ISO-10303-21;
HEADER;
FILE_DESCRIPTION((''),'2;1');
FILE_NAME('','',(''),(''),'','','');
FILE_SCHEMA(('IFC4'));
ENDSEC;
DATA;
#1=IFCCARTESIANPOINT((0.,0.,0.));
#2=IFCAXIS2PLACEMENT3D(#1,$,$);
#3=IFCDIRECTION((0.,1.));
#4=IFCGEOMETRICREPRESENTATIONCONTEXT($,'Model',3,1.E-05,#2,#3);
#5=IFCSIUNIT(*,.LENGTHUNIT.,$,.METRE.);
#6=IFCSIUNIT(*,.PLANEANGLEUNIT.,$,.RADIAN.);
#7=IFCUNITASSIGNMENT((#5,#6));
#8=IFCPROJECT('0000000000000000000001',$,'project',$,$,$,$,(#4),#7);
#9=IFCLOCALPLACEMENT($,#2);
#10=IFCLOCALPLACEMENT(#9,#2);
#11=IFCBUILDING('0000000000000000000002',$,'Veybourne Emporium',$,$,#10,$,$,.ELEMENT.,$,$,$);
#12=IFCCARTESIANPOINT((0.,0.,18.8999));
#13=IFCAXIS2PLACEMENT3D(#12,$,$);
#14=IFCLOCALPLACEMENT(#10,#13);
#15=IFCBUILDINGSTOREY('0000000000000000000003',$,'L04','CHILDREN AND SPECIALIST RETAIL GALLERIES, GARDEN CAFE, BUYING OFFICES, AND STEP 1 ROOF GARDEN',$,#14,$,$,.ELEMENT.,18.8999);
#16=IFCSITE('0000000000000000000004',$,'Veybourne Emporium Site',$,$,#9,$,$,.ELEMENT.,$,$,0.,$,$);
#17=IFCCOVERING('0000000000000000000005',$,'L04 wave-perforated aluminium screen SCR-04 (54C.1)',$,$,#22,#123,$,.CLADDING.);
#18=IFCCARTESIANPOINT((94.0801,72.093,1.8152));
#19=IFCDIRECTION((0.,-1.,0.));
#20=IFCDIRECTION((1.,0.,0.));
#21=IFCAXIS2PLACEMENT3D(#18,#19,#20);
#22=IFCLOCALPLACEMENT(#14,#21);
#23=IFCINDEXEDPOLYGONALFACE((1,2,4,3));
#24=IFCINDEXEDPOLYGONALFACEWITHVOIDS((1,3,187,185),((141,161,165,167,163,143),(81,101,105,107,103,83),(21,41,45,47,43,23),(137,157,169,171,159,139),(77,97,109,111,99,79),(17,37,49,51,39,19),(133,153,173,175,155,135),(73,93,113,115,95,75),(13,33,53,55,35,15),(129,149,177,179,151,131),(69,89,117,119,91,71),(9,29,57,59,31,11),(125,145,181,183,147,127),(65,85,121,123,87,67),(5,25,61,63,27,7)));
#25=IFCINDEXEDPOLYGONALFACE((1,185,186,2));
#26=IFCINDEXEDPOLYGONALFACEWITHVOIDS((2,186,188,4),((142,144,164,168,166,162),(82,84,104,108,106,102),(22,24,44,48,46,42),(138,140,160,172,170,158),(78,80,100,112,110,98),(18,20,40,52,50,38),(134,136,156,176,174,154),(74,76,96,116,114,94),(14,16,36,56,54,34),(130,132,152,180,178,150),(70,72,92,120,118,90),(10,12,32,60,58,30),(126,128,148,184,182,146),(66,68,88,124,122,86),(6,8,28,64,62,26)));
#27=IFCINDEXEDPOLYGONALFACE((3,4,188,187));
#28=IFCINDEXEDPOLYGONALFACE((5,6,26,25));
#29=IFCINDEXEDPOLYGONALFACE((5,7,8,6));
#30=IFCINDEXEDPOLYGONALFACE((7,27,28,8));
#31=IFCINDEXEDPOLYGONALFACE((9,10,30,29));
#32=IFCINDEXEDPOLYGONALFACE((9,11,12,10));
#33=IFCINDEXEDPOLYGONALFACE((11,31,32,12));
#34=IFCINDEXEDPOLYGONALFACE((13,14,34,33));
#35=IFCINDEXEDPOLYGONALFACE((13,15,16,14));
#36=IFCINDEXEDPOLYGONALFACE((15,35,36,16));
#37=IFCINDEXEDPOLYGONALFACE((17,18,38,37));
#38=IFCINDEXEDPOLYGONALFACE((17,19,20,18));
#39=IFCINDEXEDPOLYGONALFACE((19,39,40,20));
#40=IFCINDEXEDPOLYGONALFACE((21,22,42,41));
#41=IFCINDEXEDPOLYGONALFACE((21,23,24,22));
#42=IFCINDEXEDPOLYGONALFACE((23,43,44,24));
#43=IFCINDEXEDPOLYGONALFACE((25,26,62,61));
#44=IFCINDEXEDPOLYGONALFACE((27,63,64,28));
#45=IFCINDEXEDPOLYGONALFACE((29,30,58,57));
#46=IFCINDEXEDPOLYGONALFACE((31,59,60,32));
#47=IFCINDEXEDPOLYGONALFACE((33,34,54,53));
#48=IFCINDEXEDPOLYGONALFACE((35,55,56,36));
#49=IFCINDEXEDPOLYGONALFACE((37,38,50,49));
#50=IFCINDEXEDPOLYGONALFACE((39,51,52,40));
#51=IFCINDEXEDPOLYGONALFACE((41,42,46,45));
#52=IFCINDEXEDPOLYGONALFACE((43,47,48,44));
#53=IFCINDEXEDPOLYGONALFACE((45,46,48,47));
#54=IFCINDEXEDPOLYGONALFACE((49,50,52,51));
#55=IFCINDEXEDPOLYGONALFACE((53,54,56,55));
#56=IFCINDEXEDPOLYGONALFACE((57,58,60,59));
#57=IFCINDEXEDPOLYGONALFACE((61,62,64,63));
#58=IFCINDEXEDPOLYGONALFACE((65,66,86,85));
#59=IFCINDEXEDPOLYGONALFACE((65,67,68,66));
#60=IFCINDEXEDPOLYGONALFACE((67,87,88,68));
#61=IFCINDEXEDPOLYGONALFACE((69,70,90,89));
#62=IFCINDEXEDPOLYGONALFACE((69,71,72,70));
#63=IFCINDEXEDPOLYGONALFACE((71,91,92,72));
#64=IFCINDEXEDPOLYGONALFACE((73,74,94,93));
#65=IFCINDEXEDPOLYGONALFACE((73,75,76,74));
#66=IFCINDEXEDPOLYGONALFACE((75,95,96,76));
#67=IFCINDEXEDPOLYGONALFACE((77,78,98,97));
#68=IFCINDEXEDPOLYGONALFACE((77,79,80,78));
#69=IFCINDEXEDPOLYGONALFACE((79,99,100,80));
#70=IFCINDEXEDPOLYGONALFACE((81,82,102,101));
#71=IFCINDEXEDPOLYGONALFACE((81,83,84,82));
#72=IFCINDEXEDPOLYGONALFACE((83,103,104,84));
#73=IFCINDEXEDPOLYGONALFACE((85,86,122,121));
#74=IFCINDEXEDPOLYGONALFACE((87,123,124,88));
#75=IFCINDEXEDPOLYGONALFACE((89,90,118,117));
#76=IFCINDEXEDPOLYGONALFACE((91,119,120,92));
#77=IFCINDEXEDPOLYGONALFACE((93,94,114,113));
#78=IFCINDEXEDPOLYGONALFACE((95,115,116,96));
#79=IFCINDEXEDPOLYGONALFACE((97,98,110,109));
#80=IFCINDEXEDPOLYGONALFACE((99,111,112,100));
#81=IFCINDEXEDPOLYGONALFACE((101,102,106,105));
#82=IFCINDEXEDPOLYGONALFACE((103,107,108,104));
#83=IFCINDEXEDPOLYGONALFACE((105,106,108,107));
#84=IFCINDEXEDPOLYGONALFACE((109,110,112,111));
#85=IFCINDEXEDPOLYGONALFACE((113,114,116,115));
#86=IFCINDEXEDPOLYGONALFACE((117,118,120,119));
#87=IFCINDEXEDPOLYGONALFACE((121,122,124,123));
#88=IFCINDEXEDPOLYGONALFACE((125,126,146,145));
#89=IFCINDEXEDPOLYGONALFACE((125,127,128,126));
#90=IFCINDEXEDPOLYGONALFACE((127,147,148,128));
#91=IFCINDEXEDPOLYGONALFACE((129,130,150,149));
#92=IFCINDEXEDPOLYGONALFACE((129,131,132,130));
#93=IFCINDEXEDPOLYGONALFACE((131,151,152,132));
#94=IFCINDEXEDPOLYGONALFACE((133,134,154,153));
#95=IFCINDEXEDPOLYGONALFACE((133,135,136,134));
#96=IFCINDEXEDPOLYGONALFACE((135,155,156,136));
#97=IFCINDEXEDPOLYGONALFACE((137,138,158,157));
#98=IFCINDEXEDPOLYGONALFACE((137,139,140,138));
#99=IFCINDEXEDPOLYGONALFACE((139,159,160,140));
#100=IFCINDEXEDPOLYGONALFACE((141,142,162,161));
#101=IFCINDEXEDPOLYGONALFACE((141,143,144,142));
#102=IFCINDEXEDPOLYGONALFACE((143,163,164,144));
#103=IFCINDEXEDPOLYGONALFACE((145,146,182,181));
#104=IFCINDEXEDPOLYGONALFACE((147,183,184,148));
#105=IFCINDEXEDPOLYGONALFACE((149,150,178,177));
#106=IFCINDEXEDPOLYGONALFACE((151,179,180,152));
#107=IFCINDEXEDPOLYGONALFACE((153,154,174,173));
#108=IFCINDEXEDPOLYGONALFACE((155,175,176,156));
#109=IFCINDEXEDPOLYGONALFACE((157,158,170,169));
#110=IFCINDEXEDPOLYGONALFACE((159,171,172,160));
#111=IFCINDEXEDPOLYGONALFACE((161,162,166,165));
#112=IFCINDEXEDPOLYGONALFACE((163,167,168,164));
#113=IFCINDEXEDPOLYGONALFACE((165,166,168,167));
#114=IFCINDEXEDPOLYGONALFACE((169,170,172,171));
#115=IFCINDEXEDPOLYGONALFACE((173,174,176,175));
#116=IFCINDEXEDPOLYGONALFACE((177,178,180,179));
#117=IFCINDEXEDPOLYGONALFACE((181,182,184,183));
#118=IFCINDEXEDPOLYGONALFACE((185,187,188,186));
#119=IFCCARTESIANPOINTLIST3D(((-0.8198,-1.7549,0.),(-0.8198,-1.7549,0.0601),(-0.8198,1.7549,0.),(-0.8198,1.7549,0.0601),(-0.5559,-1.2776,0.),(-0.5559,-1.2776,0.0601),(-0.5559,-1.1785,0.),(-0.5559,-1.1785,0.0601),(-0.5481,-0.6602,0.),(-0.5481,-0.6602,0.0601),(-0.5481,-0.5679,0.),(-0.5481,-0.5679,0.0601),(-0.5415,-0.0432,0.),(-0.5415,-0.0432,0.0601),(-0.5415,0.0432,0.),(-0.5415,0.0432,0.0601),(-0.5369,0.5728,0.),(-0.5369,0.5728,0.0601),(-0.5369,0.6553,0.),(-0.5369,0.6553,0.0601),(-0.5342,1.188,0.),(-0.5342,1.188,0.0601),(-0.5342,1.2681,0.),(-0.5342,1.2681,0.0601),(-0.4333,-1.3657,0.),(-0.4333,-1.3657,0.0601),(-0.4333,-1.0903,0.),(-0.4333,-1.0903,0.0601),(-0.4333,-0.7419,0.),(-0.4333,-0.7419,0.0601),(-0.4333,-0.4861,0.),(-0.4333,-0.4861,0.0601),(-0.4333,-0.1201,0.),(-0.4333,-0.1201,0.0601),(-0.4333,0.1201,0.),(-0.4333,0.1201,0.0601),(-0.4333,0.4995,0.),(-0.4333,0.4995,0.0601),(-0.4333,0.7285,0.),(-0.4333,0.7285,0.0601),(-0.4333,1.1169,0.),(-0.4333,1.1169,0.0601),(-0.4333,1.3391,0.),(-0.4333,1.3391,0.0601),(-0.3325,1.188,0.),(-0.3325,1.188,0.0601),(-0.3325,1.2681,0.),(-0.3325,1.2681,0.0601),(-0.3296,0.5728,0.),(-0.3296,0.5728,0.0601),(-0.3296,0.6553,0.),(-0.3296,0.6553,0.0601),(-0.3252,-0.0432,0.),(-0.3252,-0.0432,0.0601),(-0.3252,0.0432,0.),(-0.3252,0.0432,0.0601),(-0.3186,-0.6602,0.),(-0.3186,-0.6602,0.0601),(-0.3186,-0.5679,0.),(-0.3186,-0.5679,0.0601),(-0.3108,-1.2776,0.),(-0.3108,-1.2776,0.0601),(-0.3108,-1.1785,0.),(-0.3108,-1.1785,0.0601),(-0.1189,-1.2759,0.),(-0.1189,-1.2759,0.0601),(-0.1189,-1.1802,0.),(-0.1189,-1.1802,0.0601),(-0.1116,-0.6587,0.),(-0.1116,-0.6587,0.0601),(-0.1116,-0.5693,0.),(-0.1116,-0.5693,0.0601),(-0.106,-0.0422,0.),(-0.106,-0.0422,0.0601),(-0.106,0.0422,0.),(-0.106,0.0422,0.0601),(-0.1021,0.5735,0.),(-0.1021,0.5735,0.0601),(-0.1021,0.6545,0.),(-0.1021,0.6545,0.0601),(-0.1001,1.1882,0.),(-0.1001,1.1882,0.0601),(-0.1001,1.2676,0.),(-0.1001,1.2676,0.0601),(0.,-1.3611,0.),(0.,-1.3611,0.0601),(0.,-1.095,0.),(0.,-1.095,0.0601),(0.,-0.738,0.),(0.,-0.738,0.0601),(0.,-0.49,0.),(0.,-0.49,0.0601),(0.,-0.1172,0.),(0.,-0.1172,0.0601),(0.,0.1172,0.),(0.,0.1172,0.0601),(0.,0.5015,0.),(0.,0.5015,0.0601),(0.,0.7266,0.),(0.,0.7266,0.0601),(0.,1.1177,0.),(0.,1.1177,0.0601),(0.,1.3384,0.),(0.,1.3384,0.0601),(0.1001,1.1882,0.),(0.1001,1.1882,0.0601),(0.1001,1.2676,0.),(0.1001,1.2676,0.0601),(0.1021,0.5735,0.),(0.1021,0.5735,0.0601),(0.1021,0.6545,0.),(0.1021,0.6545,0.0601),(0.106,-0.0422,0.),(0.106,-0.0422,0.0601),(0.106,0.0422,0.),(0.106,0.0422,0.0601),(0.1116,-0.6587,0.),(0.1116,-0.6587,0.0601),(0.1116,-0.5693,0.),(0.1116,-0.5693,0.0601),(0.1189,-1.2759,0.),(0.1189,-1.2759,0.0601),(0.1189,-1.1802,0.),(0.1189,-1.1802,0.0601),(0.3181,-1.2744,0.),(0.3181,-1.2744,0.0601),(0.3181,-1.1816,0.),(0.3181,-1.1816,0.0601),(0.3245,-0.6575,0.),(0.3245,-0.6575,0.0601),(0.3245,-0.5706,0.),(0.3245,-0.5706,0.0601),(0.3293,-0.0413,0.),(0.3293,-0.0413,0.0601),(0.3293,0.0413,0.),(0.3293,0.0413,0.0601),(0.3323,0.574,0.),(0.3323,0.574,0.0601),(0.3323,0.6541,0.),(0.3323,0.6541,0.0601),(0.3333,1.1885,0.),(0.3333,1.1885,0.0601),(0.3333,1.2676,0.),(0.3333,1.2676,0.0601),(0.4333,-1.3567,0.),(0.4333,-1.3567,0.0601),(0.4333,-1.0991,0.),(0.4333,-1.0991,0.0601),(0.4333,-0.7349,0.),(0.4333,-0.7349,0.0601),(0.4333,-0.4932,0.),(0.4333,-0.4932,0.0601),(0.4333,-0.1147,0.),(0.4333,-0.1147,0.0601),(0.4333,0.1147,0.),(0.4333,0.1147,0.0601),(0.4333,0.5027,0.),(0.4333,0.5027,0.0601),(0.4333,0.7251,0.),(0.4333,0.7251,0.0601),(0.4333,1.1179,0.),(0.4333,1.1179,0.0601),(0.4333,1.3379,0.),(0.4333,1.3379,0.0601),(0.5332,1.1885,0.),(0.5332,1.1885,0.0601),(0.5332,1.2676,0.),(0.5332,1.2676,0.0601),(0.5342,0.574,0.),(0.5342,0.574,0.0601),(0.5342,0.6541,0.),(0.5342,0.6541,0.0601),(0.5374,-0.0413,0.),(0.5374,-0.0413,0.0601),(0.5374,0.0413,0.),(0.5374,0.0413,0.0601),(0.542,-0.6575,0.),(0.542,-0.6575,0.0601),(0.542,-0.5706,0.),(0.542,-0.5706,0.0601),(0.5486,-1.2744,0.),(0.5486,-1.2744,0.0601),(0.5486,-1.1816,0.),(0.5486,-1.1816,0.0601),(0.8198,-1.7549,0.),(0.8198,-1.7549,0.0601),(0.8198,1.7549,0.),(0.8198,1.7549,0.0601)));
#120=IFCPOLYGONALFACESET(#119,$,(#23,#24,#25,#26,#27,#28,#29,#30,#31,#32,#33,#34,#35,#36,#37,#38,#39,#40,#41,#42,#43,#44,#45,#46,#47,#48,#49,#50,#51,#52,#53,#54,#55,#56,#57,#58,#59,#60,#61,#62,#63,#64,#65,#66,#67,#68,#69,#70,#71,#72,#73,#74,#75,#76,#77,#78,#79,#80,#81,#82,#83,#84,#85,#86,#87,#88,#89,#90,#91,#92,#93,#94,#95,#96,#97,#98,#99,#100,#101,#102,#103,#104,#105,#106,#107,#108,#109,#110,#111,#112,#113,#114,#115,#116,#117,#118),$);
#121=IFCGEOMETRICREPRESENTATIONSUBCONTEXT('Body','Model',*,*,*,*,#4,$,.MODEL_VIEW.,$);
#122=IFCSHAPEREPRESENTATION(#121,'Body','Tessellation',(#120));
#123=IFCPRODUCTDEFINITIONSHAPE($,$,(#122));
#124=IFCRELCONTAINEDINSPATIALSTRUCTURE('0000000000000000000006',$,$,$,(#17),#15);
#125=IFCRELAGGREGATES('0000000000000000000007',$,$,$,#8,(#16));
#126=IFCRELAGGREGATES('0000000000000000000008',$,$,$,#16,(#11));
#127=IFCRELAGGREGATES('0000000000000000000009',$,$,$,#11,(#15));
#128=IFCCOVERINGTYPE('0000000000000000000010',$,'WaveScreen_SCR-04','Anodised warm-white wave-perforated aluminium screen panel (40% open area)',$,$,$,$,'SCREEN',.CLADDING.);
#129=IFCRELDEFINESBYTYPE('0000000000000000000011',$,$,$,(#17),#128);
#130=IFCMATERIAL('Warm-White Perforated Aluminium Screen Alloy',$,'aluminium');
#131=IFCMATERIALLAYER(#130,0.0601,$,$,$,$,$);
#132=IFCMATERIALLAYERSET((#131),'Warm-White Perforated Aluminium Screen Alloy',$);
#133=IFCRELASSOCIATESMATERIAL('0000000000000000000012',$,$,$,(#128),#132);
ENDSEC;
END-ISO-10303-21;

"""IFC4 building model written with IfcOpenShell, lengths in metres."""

from ifc_helpers import new_model, si_unit, direction, frame, origin, place, context, subcontext, project, spatial, polyline, outline, extrude, material, layer, layer_set, type_object, element, save


model = new_model("IFC4")

# Units and contexts
model_context = context("Model", 3, precision=1e-05, world=origin(), true_north=direction((0.0, 1.0)))
body_context = subcontext(model_context, "Body", "Model", "MODEL_VIEW")
ifc_project = project(units=[si_unit("LENGTHUNIT", "METRE"), si_unit("PLANEANGLEUNIT", "RADIAN")], contexts=[model_context])

# Site, building, storey
site_placement = place(None, origin())
site = spatial("IfcSite", under=ifc_project, at=site_placement, Name="Veybourne Emporium Site", CompositionType="ELEMENT", RefElevation=0.0)
building_placement = place(site_placement, origin())
building = spatial("IfcBuilding", under=site, at=building_placement, Name="Veybourne Emporium", CompositionType="ELEMENT")
storey_placement = place(building_placement, frame((0.0, 0.0, 18.8999)))
storey = spatial("IfcBuildingStorey", under=building, at=storey_placement, Name="L04", Description="CHILDREN AND SPECIALIST RETAIL GALLERIES, GARDEN CAFE, BUYING OFFICES, AND STEP 1 ROOF GARDEN", CompositionType="ELEMENT", Elevation=18.8999)

# Covering
ifc_material_1 = material(Name="Warm-White Perforated Aluminium Screen Alloy", Category="aluminium")
ifc_layer_1 = layer(ifc_material_1, 0.0601)
ifc_layer_set_1 = layer_set([ifc_layer_1], Name="Warm-White Perforated Aluminium Screen Alloy")
covering_type_1 = type_object("IfcCoveringType", Name="WaveScreen_SCR-04", Description="Anodised warm-white wave-perforated aluminium screen panel (40% open area)", ElementType="SCREEN", PredefinedType="CLADDING", material=ifc_layer_set_1)
covering_1_placement = place(storey_placement, frame((94.0801, 72.093, 1.8152), z_axis=(0.0, -1.0, 0.0), x_axis=(1.0, 0.0, 0.0)))
element("IfcCovering", 1, at=covering_1_placement, inside=storey, type_object=covering_type_1, Name="L04 wave-perforated aluminium screen SCR-04 (54C.1)", PredefinedType="CLADDING", context=body_context, shape_type="SweptSolid", body=[
    extrude(outline(polyline([(-0.8198, -1.7549), (0.8198, -1.7549), (0.8198, 1.7549), (-0.8198, 1.7549), (-0.8198, -1.7549)]), holes=[polyline([(-0.4333, -1.0903), (-0.3108, -1.1785), (-0.3108, -1.2776), (-0.4333, -1.3657), (-0.5559, -1.2776), (-0.5559, -1.1785), (-0.4333, -1.0903)]), polyline([(-0.4333, -0.4861), (-0.3186, -0.5679), (-0.3186, -0.6602), (-0.4333, -0.7419), (-0.5481, -0.6602), (-0.5481, -0.5679), (-0.4333, -0.4861)]), polyline([(-0.4333, 0.1201), (-0.3252, 0.0432), (-0.3252, -0.0432), (-0.4333, -0.1201), (-0.5415, -0.0432), (-0.5415, 0.0432), (-0.4333, 0.1201)]), polyline([(-0.4333, 0.7285), (-0.3296, 0.6553), (-0.3296, 0.5728), (-0.4333, 0.4995), (-0.5369, 0.5728), (-0.5369, 0.6553), (-0.4333, 0.7285)]), polyline([(-0.4333, 1.3391), (-0.3325, 1.2681), (-0.3325, 1.188), (-0.4333, 1.1169), (-0.5342, 1.188), (-0.5342, 1.2681), (-0.4333, 1.3391)]), polyline([(0.0, -1.095), (0.1189, -1.1802), (0.1189, -1.2759), (0.0, -1.3611), (-0.1189, -1.2759), (-0.1189, -1.1802), (0.0, -1.095)]), polyline([(0.0, -0.49), (0.1116, -0.5693), (0.1116, -0.6587), (0.0, -0.738), (-0.1116, -0.6587), (-0.1116, -0.5693), (0.0, -0.49)]), polyline([(0.0, 0.1172), (0.106, 0.0422), (0.106, -0.0422), (0.0, -0.1172), (-0.106, -0.0422), (-0.106, 0.0422), (0.0, 0.1172)]), polyline([(0.0, 0.7266), (0.1021, 0.6545), (0.1021, 0.5735), (0.0, 0.5015), (-0.1021, 0.5735), (-0.1021, 0.6545), (0.0, 0.7266)]), polyline([(0.0, 1.3384), (0.1001, 1.2676), (0.1001, 1.1882), (0.0, 1.1177), (-0.1001, 1.1882), (-0.1001, 1.2676), (0.0, 1.3384)]), polyline([(0.4333, -1.0991), (0.5486, -1.1816), (0.5486, -1.2744), (0.4333, -1.3567), (0.3181, -1.2744), (0.3181, -1.1816), (0.4333, -1.0991)]), polyline([(0.4333, -0.4932), (0.542, -0.5706), (0.542, -0.6575), (0.4333, -0.7349), (0.3245, -0.6575), (0.3245, -0.5706), (0.4333, -0.4932)]), polyline([(0.4333, 0.1147), (0.5374, 0.0413), (0.5374, -0.0413), (0.4333, -0.1147), (0.3293, -0.0413), (0.3293, 0.0413), (0.4333, 0.1147)]), polyline([(0.4333, 0.7251), (0.5342, 0.6541), (0.5342, 0.574), (0.4333, 0.5027), (0.3323, 0.574), (0.3323, 0.6541), (0.4333, 0.7251)]), polyline([(0.4333, 1.3379), (0.5332, 1.2676), (0.5332, 1.1885), (0.4333, 1.1179), (0.3333, 1.1885), (0.3333, 1.2676), (0.4333, 1.3379)])]), origin(), (0.0, 0.0, 1.0), 0.0601),
])

save(model, "model.ifc")
